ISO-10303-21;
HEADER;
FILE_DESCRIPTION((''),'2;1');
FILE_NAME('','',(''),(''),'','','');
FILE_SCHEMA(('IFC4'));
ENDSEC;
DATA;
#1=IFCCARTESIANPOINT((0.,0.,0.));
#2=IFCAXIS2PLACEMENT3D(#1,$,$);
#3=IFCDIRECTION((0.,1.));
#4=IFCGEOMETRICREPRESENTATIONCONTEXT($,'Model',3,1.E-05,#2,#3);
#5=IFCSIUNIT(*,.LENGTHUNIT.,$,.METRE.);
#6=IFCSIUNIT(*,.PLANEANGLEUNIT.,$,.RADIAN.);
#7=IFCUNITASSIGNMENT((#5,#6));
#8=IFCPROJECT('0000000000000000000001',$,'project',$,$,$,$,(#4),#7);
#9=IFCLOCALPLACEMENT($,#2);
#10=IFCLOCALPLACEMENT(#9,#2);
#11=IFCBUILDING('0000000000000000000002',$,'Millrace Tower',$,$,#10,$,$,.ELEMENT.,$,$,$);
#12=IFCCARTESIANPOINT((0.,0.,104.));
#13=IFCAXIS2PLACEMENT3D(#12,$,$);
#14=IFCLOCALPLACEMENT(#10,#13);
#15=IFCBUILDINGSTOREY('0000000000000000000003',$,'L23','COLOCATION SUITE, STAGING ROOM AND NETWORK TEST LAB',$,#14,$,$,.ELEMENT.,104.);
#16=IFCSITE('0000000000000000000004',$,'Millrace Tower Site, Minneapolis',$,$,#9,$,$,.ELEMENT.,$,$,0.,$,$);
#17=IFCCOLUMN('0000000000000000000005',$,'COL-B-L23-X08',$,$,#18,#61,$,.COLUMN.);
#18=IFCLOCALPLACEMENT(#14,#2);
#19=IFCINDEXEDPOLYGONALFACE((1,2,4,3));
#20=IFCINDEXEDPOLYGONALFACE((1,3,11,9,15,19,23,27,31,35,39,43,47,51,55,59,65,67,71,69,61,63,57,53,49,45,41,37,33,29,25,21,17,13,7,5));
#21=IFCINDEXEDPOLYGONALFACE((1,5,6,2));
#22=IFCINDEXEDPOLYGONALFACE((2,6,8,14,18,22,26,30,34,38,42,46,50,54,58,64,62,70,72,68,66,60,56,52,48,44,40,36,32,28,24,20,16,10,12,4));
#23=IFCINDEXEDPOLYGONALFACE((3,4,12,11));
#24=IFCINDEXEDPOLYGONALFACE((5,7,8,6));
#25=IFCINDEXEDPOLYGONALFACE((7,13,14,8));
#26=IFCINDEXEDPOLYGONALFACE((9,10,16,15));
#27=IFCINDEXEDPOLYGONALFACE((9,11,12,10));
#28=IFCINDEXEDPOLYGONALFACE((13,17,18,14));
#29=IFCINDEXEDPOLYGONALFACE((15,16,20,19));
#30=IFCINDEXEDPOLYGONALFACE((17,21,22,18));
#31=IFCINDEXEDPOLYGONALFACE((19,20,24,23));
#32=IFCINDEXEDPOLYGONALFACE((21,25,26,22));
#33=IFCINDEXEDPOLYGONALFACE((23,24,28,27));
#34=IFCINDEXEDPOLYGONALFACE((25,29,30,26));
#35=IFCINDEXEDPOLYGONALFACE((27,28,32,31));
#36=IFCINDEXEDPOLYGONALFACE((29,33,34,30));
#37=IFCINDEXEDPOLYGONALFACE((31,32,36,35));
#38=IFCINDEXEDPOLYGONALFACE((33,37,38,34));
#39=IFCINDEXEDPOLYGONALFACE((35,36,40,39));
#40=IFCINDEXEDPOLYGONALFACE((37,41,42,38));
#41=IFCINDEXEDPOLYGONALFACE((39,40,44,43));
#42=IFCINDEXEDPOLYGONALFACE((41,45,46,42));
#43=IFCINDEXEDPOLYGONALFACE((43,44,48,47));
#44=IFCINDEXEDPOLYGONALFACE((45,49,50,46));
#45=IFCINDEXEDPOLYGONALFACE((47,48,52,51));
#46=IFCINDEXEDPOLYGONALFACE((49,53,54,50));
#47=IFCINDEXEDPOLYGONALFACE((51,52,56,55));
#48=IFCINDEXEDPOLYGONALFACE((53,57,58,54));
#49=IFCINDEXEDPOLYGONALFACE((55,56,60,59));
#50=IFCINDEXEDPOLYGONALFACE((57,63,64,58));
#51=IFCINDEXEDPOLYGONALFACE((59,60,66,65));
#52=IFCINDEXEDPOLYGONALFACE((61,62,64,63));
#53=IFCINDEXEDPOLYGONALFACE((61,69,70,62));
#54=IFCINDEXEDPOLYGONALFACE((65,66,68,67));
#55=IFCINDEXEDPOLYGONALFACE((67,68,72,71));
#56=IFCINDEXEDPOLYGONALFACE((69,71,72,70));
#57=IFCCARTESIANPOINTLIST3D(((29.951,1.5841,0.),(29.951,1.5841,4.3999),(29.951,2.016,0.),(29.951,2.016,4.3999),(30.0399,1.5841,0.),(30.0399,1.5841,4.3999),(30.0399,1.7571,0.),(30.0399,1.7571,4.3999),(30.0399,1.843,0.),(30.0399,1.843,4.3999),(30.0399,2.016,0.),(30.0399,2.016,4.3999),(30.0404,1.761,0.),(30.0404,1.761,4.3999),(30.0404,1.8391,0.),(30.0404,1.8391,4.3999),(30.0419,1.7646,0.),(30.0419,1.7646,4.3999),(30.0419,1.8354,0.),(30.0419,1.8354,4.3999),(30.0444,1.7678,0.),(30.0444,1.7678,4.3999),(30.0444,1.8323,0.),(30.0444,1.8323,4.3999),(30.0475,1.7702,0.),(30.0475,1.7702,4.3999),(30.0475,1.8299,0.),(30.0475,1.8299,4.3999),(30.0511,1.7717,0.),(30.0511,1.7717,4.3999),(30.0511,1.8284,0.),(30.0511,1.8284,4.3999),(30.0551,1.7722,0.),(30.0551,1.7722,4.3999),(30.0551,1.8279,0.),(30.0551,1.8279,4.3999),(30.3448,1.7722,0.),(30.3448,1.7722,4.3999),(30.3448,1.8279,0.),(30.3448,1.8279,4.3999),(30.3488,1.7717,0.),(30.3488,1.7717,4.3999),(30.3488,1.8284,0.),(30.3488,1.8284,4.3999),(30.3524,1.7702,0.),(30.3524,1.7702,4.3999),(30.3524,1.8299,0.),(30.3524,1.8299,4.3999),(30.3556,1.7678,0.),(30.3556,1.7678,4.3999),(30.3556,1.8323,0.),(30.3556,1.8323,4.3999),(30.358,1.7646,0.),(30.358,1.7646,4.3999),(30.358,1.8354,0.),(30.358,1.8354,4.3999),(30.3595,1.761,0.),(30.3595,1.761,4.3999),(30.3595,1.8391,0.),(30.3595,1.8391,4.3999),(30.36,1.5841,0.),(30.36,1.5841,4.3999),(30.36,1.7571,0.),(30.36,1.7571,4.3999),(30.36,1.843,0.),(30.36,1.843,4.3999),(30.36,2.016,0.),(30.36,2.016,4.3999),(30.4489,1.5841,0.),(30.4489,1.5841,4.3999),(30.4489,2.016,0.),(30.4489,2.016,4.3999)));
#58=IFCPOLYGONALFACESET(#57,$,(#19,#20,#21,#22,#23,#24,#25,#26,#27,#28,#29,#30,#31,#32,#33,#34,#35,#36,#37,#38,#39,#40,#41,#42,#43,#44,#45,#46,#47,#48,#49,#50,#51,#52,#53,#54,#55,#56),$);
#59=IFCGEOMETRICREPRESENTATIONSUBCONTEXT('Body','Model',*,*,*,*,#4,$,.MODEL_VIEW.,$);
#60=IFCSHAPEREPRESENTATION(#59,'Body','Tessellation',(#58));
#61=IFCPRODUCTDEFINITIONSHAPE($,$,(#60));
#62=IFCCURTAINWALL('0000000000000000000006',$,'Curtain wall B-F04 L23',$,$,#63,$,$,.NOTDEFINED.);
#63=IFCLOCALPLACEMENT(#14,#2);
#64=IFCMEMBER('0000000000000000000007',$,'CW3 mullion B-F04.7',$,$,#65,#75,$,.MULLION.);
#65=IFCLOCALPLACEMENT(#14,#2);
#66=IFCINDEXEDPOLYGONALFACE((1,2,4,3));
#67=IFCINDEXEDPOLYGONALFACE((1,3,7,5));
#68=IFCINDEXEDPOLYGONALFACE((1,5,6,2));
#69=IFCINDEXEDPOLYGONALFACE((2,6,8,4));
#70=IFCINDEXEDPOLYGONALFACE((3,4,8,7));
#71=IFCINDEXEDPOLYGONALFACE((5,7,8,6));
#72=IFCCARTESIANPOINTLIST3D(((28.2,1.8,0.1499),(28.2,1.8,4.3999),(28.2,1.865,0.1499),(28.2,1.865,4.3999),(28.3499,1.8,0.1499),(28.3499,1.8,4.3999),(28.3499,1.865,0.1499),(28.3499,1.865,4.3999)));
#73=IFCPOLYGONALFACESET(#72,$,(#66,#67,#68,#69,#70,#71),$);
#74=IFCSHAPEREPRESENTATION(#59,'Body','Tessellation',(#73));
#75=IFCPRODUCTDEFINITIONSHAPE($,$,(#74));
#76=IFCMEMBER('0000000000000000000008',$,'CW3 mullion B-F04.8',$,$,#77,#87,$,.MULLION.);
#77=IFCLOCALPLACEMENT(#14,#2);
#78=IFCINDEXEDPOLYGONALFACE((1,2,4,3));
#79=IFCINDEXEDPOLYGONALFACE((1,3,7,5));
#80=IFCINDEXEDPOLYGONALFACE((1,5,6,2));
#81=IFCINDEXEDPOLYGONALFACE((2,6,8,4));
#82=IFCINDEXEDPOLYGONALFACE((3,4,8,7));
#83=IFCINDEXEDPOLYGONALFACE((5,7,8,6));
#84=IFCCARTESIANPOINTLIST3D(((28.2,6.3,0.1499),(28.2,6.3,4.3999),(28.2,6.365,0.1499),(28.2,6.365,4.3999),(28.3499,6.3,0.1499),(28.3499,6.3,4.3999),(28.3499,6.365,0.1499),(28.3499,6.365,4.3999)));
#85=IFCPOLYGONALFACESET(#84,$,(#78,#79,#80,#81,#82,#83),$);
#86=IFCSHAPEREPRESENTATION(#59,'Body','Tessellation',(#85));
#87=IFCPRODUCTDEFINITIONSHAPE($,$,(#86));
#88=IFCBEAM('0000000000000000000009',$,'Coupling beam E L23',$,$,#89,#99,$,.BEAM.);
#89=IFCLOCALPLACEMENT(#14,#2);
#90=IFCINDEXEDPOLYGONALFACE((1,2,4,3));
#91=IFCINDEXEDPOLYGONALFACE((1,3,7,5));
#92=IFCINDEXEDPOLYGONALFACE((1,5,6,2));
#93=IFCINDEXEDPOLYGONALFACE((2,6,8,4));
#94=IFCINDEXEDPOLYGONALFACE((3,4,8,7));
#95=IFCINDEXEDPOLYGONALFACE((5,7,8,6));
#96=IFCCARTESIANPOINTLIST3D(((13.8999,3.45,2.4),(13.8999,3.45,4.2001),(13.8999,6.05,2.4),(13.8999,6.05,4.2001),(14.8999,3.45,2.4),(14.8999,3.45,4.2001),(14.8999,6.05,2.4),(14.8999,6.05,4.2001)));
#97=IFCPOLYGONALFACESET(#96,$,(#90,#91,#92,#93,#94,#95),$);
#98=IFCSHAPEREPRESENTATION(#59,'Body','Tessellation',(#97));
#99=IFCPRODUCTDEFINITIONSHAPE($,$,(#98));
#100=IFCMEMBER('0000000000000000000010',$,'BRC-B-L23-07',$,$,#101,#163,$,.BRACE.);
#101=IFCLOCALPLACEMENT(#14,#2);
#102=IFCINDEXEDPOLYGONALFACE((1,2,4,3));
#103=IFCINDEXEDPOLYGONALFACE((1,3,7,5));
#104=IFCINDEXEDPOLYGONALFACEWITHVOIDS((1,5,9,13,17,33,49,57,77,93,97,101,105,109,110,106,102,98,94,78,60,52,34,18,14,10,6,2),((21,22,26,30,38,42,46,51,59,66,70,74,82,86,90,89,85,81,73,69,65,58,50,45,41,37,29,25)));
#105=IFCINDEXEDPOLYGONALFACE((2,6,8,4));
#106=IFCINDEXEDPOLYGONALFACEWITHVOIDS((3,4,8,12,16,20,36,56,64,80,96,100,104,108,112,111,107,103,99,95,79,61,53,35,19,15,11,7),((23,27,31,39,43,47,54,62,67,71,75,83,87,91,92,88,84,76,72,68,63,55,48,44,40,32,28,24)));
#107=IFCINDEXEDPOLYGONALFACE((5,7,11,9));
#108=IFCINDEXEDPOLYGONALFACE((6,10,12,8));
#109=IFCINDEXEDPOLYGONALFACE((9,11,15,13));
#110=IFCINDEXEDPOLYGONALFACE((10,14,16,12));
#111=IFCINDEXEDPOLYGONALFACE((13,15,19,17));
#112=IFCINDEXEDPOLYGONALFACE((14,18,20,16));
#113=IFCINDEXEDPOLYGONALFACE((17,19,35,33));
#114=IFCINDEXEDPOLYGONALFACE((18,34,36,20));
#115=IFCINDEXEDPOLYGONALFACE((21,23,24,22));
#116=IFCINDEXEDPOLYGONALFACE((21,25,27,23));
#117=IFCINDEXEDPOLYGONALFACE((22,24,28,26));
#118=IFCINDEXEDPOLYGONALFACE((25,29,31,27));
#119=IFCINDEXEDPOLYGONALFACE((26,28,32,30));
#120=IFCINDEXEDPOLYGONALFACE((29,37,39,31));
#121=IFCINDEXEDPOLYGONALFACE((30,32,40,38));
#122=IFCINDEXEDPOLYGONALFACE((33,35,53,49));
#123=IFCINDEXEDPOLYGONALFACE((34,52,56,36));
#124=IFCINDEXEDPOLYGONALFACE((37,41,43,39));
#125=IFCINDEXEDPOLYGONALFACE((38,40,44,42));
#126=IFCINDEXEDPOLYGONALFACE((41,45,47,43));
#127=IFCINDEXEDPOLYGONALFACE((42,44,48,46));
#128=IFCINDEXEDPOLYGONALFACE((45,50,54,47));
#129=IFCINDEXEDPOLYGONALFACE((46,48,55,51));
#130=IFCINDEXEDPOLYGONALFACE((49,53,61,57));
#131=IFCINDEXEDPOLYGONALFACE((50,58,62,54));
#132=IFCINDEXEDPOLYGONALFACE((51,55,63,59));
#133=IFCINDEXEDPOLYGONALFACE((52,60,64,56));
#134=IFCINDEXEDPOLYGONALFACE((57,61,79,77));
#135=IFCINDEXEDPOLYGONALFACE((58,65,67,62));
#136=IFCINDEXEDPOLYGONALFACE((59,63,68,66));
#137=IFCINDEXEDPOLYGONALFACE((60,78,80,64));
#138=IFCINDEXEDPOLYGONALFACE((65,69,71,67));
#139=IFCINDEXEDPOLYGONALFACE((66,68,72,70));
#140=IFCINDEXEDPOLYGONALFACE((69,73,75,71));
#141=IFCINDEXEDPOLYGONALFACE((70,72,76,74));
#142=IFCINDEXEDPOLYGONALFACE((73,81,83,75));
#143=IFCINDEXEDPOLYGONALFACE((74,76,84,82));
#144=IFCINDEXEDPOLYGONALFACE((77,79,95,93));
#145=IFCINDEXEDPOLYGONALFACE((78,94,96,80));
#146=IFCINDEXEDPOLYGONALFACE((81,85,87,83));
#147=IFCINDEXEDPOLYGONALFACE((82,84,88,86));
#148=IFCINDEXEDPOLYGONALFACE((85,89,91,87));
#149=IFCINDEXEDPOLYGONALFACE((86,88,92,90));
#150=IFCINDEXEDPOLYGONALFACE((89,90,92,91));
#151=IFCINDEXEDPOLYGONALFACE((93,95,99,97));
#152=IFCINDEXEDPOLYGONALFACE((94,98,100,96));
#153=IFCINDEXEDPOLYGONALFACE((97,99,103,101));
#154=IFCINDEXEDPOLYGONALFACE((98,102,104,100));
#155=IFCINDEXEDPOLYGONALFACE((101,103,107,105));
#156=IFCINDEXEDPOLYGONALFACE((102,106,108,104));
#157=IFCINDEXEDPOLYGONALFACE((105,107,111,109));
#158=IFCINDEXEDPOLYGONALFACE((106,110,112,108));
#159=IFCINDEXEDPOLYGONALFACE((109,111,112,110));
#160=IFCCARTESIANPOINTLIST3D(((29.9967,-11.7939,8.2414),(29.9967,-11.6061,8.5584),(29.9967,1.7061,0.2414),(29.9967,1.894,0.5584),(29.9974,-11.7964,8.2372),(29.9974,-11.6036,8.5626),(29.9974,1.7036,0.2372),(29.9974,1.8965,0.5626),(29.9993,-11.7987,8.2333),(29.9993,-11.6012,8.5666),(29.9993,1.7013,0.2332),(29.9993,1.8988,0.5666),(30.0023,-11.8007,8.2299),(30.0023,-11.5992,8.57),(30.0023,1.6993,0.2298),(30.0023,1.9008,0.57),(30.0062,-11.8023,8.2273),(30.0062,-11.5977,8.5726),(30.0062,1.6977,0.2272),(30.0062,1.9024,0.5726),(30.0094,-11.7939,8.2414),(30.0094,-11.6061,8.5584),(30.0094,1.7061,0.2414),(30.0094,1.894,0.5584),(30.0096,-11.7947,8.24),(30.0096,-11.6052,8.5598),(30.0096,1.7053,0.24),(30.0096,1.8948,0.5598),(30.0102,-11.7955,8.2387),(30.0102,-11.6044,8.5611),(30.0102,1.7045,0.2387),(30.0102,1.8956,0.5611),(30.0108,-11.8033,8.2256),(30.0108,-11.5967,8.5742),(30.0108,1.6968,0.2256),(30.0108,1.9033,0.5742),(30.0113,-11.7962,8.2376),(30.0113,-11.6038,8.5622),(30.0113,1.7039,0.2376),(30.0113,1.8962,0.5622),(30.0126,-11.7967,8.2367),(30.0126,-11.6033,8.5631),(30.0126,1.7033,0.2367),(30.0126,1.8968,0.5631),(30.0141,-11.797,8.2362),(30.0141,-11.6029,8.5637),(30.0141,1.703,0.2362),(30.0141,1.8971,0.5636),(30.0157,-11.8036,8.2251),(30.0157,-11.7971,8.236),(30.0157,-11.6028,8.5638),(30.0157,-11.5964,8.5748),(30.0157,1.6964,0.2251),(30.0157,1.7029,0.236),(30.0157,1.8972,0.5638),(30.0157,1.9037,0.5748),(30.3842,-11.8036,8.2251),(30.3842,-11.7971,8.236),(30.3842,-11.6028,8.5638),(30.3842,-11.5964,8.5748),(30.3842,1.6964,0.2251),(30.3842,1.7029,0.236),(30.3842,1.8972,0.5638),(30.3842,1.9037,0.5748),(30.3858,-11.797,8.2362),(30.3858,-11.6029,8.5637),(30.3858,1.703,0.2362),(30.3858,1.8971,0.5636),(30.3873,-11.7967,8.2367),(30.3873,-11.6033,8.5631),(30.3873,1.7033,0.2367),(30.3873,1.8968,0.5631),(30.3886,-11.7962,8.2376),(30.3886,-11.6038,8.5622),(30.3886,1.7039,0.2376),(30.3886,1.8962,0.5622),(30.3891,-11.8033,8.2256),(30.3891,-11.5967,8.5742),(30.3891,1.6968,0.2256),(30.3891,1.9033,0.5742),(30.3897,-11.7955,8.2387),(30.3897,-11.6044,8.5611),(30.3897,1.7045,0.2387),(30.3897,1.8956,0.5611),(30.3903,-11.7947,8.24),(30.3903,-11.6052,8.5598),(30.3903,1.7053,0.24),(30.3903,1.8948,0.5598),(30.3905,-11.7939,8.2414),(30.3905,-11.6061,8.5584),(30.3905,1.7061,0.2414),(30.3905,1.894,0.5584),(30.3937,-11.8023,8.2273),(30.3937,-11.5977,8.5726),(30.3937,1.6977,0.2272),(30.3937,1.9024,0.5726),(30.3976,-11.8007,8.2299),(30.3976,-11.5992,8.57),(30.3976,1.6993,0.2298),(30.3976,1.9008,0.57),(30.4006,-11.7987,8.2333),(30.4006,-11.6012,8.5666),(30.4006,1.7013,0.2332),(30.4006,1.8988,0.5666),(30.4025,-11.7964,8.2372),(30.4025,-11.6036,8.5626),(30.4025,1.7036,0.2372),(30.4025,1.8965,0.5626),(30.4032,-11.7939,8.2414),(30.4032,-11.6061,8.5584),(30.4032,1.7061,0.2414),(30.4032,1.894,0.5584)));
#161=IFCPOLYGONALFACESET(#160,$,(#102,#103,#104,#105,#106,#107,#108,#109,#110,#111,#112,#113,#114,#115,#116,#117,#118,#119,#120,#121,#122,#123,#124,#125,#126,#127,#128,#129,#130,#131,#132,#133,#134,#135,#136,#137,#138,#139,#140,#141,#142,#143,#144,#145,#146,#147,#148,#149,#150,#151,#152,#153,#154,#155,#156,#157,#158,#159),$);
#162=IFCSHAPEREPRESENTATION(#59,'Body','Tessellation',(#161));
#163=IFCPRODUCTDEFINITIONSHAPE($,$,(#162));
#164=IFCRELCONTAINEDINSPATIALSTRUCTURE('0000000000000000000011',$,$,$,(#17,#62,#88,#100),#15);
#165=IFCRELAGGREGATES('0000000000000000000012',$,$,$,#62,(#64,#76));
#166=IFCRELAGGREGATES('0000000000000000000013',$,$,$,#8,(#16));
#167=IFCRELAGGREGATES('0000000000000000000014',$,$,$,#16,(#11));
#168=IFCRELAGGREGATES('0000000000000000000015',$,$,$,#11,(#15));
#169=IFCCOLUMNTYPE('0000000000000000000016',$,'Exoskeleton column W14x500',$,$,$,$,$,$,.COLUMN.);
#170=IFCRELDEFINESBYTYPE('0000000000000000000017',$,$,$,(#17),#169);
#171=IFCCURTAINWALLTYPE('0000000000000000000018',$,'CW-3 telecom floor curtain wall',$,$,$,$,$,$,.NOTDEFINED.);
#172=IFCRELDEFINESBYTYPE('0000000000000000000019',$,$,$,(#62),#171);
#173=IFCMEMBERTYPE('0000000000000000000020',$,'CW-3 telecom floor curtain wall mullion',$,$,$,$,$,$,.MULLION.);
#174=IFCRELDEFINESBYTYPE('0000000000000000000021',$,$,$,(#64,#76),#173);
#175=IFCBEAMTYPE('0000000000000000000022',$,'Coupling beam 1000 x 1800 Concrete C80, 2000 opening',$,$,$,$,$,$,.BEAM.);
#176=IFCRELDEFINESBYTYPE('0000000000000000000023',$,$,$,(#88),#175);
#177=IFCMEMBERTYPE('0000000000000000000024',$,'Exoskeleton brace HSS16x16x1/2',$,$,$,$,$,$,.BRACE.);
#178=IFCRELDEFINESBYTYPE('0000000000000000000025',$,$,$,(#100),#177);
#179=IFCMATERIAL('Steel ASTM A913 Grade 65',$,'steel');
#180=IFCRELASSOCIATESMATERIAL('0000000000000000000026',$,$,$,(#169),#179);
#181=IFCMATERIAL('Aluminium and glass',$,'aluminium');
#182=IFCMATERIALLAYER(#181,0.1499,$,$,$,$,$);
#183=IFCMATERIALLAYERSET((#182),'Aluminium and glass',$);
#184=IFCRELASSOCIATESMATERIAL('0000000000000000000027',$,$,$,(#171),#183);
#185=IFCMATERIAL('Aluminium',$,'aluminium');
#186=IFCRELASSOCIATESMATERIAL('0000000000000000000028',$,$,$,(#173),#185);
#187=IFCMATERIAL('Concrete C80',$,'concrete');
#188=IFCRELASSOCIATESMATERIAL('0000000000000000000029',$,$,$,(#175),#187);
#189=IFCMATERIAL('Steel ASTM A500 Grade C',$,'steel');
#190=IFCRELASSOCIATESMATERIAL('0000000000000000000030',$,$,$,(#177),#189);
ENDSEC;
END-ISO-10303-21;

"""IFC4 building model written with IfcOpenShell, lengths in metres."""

from ifc_helpers import new_model, si_unit, direction, frame, origin, origin_2d, place, context, subcontext, project, spatial, rectangle, hollow_rectangle, i_section, extrude, material, layer, layer_set, material_profile, profile_set, type_object, element, aggregate, save


model = new_model("IFC4")

# Units and contexts
model_context = context("Model", 3, precision=1e-05, world=origin(), true_north=direction((0.0, 1.0)))
body_context = subcontext(model_context, "Body", "Model", "MODEL_VIEW")
ifc_project = project(units=[si_unit("LENGTHUNIT", "METRE"), si_unit("PLANEANGLEUNIT", "RADIAN")], contexts=[model_context])

# Site, building, storey
site_placement = place(None, origin())
site = spatial("IfcSite", under=ifc_project, at=site_placement, Name="Millrace Tower Site, Minneapolis", CompositionType="ELEMENT", RefElevation=0.0)
building_placement = place(site_placement, origin())
building = spatial("IfcBuilding", under=site, at=building_placement, Name="Millrace Tower", CompositionType="ELEMENT")
storey_placement = place(building_placement, frame((0.0, 0.0, 104.0)))
storey = spatial("IfcBuildingStorey", under=building, at=storey_placement, Name="L23", Description="COLOCATION SUITE, STAGING ROOM AND NETWORK TEST LAB", CompositionType="ELEMENT", Elevation=104.0)

# Column
ifc_material_1 = material(Name="Steel ASTM A913 Grade 65", Category="steel")
ifc_material_profile_1 = material_profile(ifc_material_1, i_section(OverallWidth=0.4319, OverallDepth=0.4978, WebThickness=0.0557, FlangeThickness=0.0889, FilletRadius=0.0151, at=origin_2d()))
ifc_profile_set_1 = profile_set([ifc_material_profile_1], Name="Steel ASTM A913 Grade 65")
column_type = type_object("IfcColumnType", Name="Exoskeleton column W14x500", PredefinedType="COLUMN", material=ifc_profile_set_1)
column_placement = place(storey_placement, frame((30.2, 1.8, 0.0), z_axis=(0.0, 0.0, 1.0), x_axis=(0.0, 1.0, 0.0)))
element("IfcColumn", 1, at=column_placement, inside=storey, type_object=column_type, Name="COL-B-L23-X08", PredefinedType="COLUMN", context=body_context, shape_type="SweptSolid", body=[
    extrude(i_section(OverallWidth=0.4319, OverallDepth=0.4978, WebThickness=0.0557, FlangeThickness=0.0889, FilletRadius=0.0151, at=origin_2d()), origin(), (0.0, 0.0, 1.0), 4.3999),
])

# Curtain wall, members
ifc_material_2 = material(Name="Aluminium and glass", Category="aluminium")
ifc_layer_1 = layer(ifc_material_2, 0.1499)
ifc_layer_set_1 = layer_set([ifc_layer_1], Name="Aluminium and glass")
curtain_wall_type = type_object("IfcCurtainWallType", Name="CW-3 telecom floor curtain wall", PredefinedType="NOTDEFINED", material=ifc_layer_set_1)
curtain_wall_placement = place(storey_placement, origin())
curtain_wall = element("IfcCurtainWall", 2, at=curtain_wall_placement, inside=storey, type_object=curtain_wall_type, Name="Curtain wall B-F04 L23", PredefinedType="NOTDEFINED")
ifc_material_3 = material(Name="Aluminium", Category="aluminium")
ifc_material_profile_2 = material_profile(ifc_material_3, rectangle(XDim=0.0649, YDim=0.1499, at=origin_2d()))
ifc_profile_set_2 = profile_set([ifc_material_profile_2], Name="Aluminium")
member_type_1 = type_object("IfcMemberType", Name="CW-3 telecom floor curtain wall mullion", PredefinedType="MULLION", material=ifc_profile_set_2)
member_1_placement = place(storey_placement, frame((28.2749, 1.8325, 0.1499), z_axis=(0.0, 0.0, 1.0), x_axis=(0.0, 1.0, 0.0)))
member_1 = element("IfcMember", 3, at=member_1_placement, type_object=member_type_1, Name="CW3 mullion B-F04.7", PredefinedType="MULLION", context=body_context, shape_type="SweptSolid", body=[
    extrude(rectangle(XDim=0.0649, YDim=0.1499, at=origin_2d()), origin(), (0.0, 0.0, 1.0), 4.25),
])
member_2_placement = place(storey_placement, frame((28.2749, 6.3325, 0.1499), z_axis=(0.0, 0.0, 1.0), x_axis=(0.0, 1.0, 0.0)))
member_2 = element("IfcMember", 4, at=member_2_placement, type_object=member_type_1, Name="CW3 mullion B-F04.8", PredefinedType="MULLION", context=body_context, shape_type="SweptSolid", body=[
    extrude(rectangle(XDim=0.0649, YDim=0.1499, at=origin_2d()), origin(), (0.0, 0.0, 1.0), 4.25),
])
aggregate(curtain_wall, [member_1, member_2])

# Beam
ifc_material_4 = material(Name="Concrete C80", Category="concrete")
ifc_material_profile_3 = material_profile(ifc_material_4, rectangle(XDim=1.0, YDim=1.8, at=origin_2d()))
ifc_profile_set_3 = profile_set([ifc_material_profile_3], Name="Concrete C80")
beam_type_1 = type_object("IfcBeamType", Name="Coupling beam 1000 x 1800 Concrete C80, 2000 opening", PredefinedType="BEAM", material=ifc_profile_set_3)
beam_1_placement = place(storey_placement, frame((14.3999, 6.05, 3.3), z_axis=(0.0, -1.0, 0.0), x_axis=(1.0, 0.0, 0.0)))
element("IfcBeam", 5, at=beam_1_placement, inside=storey, type_object=beam_type_1, Name="Coupling beam E L23", PredefinedType="BEAM", context=body_context, shape_type="SweptSolid", body=[
    extrude(rectangle(XDim=1.0, YDim=1.8, at=origin_2d()), origin(), (0.0, 0.0, 1.0), 2.6001),
])

# Member
ifc_material_5 = material(Name="Steel ASTM A500 Grade C", Category="steel")
ifc_material_profile_4 = material_profile(ifc_material_5, hollow_rectangle(XDim=0.4065, YDim=0.4065, WallThickness=0.0127, InnerFilletRadius=0.0063, OuterFilletRadius=0.019, at=origin_2d()))
ifc_profile_set_4 = profile_set([ifc_material_profile_4], Name="Steel ASTM A500 Grade C")
member_type_2 = type_object("IfcMemberType", Name="Exoskeleton brace HSS16x16x1/2", PredefinedType="BRACE", material=ifc_profile_set_4)
member_3_placement = place(storey_placement, frame((30.2, 1.8, 0.3999), z_axis=(0.0, -0.860292, 0.509802), x_axis=(1.0, 0.0, 0.0)))
element("IfcMember", 6, at=member_3_placement, inside=storey, type_object=member_type_2, Name="BRC-B-L23-07", PredefinedType="BRACE", context=body_context, shape_type="SweptSolid", body=[
    extrude(hollow_rectangle(XDim=0.4065, YDim=0.4065, WallThickness=0.0127, InnerFilletRadius=0.0063, OuterFilletRadius=0.019, at=origin_2d()), origin(), (0.0, 0.0, 1.0), 15.6924),
])

save(model, "model.ifc")
